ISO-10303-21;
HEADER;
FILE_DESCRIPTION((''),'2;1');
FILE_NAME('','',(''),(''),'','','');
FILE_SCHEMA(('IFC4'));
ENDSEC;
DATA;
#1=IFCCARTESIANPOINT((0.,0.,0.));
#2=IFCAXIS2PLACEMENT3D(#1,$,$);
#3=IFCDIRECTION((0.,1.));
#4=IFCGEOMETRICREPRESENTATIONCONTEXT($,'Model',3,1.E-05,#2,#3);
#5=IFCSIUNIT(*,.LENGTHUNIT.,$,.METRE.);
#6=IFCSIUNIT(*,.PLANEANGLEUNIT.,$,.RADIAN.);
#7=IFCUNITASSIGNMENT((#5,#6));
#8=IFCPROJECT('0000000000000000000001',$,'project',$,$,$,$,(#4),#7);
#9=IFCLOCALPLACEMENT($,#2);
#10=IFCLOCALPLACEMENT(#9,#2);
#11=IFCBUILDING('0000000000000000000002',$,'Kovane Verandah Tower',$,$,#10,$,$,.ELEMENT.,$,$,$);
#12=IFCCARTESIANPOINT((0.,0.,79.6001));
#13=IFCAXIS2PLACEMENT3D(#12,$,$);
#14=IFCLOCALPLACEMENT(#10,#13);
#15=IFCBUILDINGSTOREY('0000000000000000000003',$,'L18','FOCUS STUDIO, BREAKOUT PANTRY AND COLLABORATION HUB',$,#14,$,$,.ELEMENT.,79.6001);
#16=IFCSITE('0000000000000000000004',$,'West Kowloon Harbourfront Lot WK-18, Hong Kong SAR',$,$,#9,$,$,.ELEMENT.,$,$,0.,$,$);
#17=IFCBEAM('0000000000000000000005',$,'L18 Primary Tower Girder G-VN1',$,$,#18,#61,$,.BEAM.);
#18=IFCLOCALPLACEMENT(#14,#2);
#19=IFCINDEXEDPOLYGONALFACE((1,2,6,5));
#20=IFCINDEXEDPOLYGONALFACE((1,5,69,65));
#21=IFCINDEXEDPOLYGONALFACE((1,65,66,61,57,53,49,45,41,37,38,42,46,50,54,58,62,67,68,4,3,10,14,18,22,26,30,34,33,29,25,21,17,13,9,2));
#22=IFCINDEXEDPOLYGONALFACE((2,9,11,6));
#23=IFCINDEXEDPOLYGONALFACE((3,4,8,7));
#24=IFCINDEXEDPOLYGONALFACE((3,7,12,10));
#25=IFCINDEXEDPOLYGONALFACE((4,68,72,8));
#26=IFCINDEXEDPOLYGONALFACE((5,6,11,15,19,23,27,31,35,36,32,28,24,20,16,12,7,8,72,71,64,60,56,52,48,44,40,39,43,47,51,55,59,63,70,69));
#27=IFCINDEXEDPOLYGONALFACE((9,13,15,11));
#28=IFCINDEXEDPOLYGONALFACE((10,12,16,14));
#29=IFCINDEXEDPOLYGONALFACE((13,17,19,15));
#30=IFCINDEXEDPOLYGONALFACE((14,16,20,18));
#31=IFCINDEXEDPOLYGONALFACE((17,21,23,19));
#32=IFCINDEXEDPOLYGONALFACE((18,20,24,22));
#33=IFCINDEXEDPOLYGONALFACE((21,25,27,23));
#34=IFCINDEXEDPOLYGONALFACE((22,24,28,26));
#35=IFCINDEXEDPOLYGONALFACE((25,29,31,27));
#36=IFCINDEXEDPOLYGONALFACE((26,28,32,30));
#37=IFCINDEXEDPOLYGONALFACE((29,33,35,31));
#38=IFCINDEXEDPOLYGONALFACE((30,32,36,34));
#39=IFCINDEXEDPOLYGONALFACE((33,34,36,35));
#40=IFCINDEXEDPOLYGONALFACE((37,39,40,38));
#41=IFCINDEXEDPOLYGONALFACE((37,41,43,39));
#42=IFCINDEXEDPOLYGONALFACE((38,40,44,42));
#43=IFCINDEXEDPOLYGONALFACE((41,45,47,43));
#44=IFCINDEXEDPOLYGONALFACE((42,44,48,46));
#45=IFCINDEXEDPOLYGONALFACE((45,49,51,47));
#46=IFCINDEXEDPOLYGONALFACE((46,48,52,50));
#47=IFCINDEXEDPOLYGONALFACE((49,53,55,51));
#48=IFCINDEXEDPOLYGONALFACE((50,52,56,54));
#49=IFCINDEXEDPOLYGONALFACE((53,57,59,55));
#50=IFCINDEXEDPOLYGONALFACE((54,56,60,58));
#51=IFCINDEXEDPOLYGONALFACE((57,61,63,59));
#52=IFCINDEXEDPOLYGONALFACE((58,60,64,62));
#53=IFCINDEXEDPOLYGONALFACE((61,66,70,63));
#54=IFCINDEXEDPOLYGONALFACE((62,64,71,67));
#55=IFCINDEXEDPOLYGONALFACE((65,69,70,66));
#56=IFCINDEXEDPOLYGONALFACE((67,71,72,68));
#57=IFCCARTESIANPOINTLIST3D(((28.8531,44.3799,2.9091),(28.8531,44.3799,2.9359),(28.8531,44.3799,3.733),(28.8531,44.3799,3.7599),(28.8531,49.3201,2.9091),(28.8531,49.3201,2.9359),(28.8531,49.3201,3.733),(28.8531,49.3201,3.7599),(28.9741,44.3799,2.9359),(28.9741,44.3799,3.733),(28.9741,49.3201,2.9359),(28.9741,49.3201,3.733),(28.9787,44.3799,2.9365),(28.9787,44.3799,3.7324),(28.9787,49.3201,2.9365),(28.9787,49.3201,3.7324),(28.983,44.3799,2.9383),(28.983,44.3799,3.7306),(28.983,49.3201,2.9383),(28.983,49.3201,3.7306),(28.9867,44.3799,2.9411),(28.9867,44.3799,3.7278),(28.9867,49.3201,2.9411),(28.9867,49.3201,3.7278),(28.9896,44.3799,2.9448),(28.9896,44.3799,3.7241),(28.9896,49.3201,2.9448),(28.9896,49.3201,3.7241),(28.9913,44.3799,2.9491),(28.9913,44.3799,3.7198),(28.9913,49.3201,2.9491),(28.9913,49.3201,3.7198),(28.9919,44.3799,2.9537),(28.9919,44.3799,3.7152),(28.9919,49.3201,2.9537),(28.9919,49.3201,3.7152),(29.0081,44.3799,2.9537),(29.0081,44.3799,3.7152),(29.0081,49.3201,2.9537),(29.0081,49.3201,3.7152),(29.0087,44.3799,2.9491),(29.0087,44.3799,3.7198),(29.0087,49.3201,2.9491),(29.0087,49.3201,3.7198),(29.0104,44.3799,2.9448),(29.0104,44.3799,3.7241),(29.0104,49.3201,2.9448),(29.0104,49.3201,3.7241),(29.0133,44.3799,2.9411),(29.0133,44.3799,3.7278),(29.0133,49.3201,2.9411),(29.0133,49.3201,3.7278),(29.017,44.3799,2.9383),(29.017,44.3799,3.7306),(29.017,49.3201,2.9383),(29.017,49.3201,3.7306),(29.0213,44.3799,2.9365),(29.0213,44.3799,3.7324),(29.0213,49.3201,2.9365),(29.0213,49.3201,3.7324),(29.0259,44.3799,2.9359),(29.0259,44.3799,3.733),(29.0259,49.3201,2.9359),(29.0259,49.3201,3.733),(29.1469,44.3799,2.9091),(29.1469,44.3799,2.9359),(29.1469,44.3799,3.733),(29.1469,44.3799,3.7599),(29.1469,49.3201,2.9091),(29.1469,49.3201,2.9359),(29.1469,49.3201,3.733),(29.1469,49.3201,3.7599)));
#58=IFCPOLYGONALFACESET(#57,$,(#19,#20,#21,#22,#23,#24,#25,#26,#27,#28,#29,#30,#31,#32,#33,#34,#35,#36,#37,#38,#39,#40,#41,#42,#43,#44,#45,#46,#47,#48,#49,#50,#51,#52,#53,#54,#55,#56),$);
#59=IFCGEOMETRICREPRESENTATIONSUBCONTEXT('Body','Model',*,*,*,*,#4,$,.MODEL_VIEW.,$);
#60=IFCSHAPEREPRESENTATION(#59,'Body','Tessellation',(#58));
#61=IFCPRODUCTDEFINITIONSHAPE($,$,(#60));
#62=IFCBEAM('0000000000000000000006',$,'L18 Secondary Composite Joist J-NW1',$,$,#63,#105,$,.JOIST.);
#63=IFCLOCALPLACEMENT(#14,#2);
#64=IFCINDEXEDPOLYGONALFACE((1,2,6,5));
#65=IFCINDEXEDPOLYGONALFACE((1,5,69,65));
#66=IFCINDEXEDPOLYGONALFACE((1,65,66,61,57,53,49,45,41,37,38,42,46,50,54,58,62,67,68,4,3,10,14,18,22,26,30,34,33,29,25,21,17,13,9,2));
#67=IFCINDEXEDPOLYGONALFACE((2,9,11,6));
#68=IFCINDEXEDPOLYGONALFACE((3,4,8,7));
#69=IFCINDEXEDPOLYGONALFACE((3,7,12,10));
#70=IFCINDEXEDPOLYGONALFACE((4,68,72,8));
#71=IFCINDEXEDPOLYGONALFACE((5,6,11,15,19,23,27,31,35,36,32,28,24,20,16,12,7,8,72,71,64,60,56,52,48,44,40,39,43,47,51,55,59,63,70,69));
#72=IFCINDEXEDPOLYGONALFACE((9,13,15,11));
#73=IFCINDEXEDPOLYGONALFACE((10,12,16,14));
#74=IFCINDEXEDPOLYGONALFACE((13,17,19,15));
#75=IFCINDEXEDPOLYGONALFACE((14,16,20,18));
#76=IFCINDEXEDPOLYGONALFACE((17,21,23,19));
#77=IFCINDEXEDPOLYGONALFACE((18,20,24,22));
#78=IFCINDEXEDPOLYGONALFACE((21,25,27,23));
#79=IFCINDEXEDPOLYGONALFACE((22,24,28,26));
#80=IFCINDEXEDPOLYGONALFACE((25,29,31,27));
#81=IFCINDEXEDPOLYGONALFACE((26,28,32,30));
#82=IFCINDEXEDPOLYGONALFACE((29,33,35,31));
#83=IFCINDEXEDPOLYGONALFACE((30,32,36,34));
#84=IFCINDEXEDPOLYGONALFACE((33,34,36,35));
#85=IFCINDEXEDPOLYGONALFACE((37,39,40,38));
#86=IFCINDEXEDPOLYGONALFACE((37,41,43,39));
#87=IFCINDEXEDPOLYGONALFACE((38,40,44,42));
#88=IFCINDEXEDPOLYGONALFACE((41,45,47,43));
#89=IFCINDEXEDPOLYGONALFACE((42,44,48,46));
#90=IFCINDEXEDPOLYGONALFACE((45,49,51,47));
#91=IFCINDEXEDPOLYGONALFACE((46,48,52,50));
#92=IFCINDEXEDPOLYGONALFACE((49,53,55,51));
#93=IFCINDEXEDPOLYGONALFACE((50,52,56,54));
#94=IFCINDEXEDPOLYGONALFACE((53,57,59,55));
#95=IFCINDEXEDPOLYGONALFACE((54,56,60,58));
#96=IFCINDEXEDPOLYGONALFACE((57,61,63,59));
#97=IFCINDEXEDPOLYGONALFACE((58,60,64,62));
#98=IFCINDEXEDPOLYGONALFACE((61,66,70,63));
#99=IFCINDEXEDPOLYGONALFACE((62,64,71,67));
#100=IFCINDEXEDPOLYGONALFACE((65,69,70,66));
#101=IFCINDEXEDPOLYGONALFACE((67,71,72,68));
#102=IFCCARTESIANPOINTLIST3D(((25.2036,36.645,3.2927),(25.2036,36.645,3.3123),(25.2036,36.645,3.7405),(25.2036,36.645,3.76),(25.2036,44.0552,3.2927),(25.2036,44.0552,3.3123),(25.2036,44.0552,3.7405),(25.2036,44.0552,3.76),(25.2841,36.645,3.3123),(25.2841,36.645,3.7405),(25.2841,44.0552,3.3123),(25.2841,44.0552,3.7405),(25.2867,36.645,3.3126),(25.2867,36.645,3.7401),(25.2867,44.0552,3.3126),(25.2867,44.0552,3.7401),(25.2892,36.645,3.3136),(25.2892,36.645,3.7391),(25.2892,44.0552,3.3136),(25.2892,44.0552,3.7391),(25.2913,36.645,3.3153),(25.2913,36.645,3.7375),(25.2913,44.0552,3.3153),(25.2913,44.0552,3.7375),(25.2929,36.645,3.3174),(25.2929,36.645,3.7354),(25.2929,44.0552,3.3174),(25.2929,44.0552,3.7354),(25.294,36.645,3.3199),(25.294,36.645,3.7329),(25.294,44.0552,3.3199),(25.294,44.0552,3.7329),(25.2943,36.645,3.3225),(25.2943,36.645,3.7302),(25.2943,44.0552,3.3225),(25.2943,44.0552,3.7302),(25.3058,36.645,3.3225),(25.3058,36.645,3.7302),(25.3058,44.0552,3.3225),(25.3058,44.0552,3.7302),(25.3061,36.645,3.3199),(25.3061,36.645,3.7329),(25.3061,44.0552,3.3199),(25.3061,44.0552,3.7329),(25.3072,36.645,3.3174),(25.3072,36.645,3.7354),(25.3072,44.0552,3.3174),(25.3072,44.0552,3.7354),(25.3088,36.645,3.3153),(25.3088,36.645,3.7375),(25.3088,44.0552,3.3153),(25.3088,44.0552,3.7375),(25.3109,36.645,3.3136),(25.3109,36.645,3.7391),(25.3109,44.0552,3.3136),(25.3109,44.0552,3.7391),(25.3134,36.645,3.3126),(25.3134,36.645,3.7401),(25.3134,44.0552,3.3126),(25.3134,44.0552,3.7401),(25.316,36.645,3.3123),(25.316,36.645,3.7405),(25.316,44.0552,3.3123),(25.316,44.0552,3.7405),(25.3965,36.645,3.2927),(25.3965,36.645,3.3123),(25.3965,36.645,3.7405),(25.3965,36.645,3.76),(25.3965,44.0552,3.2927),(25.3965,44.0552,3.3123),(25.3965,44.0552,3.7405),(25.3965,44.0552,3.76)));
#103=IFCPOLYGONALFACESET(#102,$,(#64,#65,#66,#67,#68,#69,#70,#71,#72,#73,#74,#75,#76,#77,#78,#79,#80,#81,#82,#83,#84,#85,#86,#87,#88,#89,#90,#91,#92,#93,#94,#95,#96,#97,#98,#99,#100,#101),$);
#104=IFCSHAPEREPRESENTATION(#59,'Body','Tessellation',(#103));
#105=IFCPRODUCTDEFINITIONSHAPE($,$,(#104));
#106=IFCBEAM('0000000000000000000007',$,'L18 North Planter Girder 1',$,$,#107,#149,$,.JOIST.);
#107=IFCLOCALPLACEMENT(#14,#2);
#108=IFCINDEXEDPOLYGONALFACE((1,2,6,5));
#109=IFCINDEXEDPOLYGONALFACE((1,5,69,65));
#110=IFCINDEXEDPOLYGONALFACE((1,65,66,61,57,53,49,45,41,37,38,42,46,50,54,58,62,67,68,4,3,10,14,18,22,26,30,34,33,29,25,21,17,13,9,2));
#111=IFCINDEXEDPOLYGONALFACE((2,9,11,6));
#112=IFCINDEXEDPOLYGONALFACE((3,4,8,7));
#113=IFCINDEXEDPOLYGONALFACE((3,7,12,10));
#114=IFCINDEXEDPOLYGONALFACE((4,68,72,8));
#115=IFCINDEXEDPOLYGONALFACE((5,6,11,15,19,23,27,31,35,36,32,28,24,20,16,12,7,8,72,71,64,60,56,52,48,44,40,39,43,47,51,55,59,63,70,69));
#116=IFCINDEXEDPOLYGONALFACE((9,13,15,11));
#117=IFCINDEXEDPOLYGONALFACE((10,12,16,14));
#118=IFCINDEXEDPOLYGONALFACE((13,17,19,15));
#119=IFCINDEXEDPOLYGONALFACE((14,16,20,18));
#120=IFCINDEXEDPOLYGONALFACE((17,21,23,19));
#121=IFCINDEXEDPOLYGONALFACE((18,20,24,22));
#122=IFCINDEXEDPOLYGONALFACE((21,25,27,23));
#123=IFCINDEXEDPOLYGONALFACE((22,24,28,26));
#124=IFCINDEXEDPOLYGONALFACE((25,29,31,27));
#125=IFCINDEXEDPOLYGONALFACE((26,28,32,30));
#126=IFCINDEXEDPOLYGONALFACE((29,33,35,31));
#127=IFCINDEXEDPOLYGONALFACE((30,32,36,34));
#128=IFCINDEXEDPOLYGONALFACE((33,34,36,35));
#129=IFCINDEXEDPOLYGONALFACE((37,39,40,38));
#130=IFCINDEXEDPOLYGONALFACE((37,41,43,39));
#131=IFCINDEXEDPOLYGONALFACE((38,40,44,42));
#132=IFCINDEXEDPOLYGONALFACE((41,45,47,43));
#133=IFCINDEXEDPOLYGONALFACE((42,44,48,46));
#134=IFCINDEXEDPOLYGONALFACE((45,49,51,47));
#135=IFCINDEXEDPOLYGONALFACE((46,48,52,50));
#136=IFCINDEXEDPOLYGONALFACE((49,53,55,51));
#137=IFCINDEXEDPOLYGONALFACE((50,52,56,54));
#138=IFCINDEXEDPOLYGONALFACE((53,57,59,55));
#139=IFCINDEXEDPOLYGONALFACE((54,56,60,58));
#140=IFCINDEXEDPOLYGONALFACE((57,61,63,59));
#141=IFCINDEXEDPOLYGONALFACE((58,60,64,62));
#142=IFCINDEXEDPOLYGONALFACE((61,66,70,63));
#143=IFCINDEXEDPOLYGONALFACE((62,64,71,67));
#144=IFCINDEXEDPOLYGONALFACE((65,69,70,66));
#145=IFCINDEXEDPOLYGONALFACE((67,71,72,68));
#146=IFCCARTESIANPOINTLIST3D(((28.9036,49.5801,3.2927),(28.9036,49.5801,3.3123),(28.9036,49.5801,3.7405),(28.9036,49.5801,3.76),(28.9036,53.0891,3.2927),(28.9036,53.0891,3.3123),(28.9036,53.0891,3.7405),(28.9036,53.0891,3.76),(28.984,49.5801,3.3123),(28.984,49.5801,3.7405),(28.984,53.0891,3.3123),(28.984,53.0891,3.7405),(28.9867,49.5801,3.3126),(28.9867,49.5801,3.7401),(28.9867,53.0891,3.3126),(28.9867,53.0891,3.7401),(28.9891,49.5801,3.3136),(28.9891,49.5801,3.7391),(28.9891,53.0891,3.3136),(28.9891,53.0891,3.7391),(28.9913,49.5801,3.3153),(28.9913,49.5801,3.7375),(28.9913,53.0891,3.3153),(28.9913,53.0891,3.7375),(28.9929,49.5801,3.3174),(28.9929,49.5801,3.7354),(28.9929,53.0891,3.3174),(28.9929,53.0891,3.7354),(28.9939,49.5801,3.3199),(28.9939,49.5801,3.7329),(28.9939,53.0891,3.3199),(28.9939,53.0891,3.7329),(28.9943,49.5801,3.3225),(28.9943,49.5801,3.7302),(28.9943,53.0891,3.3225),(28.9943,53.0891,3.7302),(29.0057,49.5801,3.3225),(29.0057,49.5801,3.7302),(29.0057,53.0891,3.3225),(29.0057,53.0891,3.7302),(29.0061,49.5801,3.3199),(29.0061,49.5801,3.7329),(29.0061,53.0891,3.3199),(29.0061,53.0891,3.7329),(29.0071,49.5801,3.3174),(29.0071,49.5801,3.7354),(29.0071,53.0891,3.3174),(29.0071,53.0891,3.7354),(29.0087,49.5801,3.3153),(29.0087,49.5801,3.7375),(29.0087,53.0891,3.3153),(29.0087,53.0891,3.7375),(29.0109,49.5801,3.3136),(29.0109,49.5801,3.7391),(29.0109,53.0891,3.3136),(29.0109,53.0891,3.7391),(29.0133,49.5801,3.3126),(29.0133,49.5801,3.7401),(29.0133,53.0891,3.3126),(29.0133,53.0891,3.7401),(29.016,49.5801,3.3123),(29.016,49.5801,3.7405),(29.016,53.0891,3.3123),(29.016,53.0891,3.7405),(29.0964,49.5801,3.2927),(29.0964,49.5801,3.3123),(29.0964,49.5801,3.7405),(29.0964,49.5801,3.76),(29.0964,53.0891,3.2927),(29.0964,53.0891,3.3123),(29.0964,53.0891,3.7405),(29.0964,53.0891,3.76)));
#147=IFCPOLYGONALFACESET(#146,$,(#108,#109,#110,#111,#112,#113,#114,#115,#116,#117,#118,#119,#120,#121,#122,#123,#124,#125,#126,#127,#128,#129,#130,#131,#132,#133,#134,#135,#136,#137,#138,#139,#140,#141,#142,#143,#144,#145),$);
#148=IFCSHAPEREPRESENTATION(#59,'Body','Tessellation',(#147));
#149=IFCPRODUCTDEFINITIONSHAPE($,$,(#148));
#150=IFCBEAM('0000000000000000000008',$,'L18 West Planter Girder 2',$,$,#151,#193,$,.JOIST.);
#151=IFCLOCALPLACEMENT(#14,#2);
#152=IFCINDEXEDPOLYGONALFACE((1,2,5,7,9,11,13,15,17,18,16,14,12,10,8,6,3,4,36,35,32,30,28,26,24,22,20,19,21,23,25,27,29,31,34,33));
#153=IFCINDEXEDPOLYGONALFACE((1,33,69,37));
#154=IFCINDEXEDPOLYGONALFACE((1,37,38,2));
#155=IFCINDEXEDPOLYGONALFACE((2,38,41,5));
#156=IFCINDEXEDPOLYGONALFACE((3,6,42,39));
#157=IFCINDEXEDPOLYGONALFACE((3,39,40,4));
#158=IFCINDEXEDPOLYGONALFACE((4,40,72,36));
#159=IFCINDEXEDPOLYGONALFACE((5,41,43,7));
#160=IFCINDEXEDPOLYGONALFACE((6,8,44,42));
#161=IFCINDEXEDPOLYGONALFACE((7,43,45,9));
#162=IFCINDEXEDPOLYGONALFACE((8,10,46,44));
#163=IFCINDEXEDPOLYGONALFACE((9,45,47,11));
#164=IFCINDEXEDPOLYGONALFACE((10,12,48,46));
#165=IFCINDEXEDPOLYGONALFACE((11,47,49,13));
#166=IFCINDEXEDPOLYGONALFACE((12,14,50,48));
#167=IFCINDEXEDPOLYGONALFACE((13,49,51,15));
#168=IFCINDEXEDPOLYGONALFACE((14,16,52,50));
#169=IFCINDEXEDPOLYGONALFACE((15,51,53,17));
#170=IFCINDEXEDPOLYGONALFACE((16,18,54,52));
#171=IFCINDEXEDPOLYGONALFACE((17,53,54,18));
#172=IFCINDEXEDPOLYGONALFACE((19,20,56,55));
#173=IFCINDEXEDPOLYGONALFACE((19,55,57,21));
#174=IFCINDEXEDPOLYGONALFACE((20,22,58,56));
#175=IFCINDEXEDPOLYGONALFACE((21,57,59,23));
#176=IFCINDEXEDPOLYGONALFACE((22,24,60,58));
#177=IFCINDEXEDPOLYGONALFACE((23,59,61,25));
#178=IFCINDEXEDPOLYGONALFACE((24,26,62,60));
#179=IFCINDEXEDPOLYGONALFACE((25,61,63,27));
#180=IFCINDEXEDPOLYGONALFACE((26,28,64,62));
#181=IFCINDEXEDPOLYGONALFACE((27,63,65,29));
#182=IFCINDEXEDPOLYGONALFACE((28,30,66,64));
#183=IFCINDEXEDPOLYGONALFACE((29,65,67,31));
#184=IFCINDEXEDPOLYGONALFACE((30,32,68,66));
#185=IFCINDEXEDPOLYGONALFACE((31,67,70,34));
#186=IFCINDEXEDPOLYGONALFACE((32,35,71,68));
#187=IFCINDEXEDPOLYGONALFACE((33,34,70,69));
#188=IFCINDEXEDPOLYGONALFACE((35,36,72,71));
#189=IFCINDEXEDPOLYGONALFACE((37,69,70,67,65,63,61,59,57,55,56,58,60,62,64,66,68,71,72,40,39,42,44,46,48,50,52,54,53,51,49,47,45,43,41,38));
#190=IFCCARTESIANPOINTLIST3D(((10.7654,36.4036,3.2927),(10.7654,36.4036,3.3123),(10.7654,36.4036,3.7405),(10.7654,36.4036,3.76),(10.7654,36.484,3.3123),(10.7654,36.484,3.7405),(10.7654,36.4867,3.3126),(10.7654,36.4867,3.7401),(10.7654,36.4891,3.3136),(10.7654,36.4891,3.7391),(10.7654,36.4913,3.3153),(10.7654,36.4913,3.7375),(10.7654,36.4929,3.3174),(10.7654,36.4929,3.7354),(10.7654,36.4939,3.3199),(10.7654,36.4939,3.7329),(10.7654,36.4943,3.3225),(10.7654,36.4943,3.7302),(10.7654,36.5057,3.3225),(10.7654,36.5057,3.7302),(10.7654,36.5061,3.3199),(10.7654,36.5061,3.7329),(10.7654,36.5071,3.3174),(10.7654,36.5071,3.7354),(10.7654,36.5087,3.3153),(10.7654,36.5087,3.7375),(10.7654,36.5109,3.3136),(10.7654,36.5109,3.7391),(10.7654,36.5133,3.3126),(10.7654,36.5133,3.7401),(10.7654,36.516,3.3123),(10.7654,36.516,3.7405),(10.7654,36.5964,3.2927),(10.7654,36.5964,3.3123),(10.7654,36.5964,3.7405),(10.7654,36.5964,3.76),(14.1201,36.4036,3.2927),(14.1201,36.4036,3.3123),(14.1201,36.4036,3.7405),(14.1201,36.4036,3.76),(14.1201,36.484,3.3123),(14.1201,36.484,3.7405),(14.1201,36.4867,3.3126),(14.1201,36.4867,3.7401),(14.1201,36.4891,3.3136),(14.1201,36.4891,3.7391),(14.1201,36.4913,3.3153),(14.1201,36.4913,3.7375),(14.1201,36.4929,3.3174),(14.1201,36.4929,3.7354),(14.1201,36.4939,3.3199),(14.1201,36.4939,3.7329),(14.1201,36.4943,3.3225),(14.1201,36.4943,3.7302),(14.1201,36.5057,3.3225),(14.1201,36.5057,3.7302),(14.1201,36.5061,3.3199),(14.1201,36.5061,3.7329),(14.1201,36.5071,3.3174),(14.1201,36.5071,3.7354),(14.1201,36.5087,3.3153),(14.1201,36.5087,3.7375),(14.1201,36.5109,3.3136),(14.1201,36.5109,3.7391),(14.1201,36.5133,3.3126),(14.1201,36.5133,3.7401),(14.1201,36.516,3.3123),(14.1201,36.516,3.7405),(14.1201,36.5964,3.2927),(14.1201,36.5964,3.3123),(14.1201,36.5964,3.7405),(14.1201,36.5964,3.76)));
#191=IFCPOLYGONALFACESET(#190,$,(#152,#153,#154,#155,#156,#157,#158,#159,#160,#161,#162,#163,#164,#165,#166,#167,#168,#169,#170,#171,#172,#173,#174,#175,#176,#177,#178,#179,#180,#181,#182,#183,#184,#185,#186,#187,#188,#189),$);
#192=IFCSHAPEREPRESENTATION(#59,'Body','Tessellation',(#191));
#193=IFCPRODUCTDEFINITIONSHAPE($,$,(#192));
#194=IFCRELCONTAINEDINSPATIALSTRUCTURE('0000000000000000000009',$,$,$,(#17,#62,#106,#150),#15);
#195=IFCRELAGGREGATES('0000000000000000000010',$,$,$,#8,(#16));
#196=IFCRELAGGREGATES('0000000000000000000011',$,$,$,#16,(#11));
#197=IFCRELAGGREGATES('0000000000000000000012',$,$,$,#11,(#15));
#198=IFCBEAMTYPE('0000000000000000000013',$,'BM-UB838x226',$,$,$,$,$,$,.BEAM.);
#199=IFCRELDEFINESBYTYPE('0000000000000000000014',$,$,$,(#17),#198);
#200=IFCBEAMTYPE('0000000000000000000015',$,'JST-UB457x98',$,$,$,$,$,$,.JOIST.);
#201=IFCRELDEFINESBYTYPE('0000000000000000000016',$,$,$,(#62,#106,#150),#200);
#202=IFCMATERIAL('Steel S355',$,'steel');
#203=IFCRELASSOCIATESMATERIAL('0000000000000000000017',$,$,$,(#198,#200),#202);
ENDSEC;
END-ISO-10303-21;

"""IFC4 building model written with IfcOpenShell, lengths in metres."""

from ifc_helpers import new_model, si_unit, direction, frame, origin, origin_2d, place, context, subcontext, project, spatial, i_section, extrude, material, material_profile, profile_set, type_object, element, save


model = new_model("IFC4")

# Units and contexts
model_context = context("Model", 3, precision=1e-05, world=origin(), true_north=direction((0.0, 1.0)))
body_context = subcontext(model_context, "Body", "Model", "MODEL_VIEW")
ifc_project = project(units=[si_unit("LENGTHUNIT", "METRE"), si_unit("PLANEANGLEUNIT", "RADIAN")], contexts=[model_context])

# Site, building, storey
site_placement = place(None, origin())
site = spatial("IfcSite", under=ifc_project, at=site_placement, Name="West Kowloon Harbourfront Lot WK-18, Hong Kong SAR", CompositionType="ELEMENT", RefElevation=0.0)
building_placement = place(site_placement, origin())
building = spatial("IfcBuilding", under=site, at=building_placement, Name="Kovane Verandah Tower", CompositionType="ELEMENT")
storey_placement = place(building_placement, frame((0.0, 0.0, 79.6001)))
storey = spatial("IfcBuildingStorey", under=building, at=storey_placement, Name="L18", Description="FOCUS STUDIO, BREAKOUT PANTRY AND COLLABORATION HUB", CompositionType="ELEMENT", Elevation=79.6001)

# Beams
ifc_material_1 = material(Name="Steel S355", Category="steel")
ifc_material_profile_1 = material_profile(ifc_material_1, i_section(OverallWidth=0.2937, OverallDepth=0.8508, WebThickness=0.0161, FlangeThickness=0.0269, FilletRadius=0.0178, at=origin_2d()), Name="UB838x292x226")
ifc_profile_set_1 = profile_set([ifc_material_profile_1], Name="Steel S355")
beam_type_1 = type_object("IfcBeamType", Name="BM-UB838x226", PredefinedType="BEAM", material=ifc_profile_set_1)
beam_1_placement = place(storey_placement, frame((29.0, 44.3799, 3.3345), z_axis=(0.0, 1.0, 0.0), x_axis=(-1.0, 0.0, 0.0)))
element("IfcBeam", 1, at=beam_1_placement, inside=storey, type_object=beam_type_1, Name="L18 Primary Tower Girder G-VN1", PredefinedType="BEAM", context=body_context, shape_type="SweptSolid", body=[
    extrude(i_section(OverallWidth=0.2937, OverallDepth=0.8508, WebThickness=0.0161, FlangeThickness=0.0269, FilletRadius=0.0178, at=origin_2d()), origin(), (0.0, 0.0, 1.0), 4.9402),
])
ifc_material_profile_2 = material_profile(ifc_material_1, i_section(OverallWidth=0.1929, OverallDepth=0.4673, WebThickness=0.0115, FlangeThickness=0.0195, FilletRadius=0.0103, at=origin_2d()), Name="UB457x191x98")
ifc_profile_set_2 = profile_set([ifc_material_profile_2], Name="Steel S355")
beam_type_2 = type_object("IfcBeamType", Name="JST-UB457x98", PredefinedType="JOIST", material=ifc_profile_set_2)
beam_2_placement = place(storey_placement, frame((25.3, 36.645, 3.5264), z_axis=(0.0, 1.0, 0.0), x_axis=(-1.0, 0.0, 0.0)))
element("IfcBeam", 2, at=beam_2_placement, inside=storey, type_object=beam_type_2, Name="L18 Secondary Composite Joist J-NW1", PredefinedType="JOIST", context=body_context, shape_type="SweptSolid", body=[
    extrude(i_section(OverallWidth=0.1929, OverallDepth=0.4673, WebThickness=0.0115, FlangeThickness=0.0195, FilletRadius=0.0103, at=origin_2d()), origin(), (0.0, 0.0, 1.0), 7.4102),
])
beam_3_placement = place(storey_placement, frame((29.0, 49.5801, 3.5264), z_axis=(0.0, 1.0, 0.0), x_axis=(-1.0, 0.0, 0.0)))
element("IfcBeam", 3, at=beam_3_placement, inside=storey, type_object=beam_type_2, Name="L18 North Planter Girder 1", PredefinedType="JOIST", context=body_context, shape_type="SweptSolid", body=[
    extrude(i_section(OverallWidth=0.1929, OverallDepth=0.4673, WebThickness=0.0115, FlangeThickness=0.0195, FilletRadius=0.0103, at=origin_2d()), origin(), (0.0, 0.0, 1.0), 3.509),
])
beam_4_placement = place(storey_placement, frame((14.1201, 36.5, 3.5264), z_axis=(-1.0, 0.0, 0.0), x_axis=(0.0, -1.0, 0.0)))
element("IfcBeam", 4, at=beam_4_placement, inside=storey, type_object=beam_type_2, Name="L18 West Planter Girder 2", PredefinedType="JOIST", context=body_context, shape_type="SweptSolid", body=[
    extrude(i_section(OverallWidth=0.1929, OverallDepth=0.4673, WebThickness=0.0115, FlangeThickness=0.0195, FilletRadius=0.0103, at=origin_2d()), origin(), (0.0, 0.0, 1.0), 3.3547),
])

save(model, "model.ifc")
